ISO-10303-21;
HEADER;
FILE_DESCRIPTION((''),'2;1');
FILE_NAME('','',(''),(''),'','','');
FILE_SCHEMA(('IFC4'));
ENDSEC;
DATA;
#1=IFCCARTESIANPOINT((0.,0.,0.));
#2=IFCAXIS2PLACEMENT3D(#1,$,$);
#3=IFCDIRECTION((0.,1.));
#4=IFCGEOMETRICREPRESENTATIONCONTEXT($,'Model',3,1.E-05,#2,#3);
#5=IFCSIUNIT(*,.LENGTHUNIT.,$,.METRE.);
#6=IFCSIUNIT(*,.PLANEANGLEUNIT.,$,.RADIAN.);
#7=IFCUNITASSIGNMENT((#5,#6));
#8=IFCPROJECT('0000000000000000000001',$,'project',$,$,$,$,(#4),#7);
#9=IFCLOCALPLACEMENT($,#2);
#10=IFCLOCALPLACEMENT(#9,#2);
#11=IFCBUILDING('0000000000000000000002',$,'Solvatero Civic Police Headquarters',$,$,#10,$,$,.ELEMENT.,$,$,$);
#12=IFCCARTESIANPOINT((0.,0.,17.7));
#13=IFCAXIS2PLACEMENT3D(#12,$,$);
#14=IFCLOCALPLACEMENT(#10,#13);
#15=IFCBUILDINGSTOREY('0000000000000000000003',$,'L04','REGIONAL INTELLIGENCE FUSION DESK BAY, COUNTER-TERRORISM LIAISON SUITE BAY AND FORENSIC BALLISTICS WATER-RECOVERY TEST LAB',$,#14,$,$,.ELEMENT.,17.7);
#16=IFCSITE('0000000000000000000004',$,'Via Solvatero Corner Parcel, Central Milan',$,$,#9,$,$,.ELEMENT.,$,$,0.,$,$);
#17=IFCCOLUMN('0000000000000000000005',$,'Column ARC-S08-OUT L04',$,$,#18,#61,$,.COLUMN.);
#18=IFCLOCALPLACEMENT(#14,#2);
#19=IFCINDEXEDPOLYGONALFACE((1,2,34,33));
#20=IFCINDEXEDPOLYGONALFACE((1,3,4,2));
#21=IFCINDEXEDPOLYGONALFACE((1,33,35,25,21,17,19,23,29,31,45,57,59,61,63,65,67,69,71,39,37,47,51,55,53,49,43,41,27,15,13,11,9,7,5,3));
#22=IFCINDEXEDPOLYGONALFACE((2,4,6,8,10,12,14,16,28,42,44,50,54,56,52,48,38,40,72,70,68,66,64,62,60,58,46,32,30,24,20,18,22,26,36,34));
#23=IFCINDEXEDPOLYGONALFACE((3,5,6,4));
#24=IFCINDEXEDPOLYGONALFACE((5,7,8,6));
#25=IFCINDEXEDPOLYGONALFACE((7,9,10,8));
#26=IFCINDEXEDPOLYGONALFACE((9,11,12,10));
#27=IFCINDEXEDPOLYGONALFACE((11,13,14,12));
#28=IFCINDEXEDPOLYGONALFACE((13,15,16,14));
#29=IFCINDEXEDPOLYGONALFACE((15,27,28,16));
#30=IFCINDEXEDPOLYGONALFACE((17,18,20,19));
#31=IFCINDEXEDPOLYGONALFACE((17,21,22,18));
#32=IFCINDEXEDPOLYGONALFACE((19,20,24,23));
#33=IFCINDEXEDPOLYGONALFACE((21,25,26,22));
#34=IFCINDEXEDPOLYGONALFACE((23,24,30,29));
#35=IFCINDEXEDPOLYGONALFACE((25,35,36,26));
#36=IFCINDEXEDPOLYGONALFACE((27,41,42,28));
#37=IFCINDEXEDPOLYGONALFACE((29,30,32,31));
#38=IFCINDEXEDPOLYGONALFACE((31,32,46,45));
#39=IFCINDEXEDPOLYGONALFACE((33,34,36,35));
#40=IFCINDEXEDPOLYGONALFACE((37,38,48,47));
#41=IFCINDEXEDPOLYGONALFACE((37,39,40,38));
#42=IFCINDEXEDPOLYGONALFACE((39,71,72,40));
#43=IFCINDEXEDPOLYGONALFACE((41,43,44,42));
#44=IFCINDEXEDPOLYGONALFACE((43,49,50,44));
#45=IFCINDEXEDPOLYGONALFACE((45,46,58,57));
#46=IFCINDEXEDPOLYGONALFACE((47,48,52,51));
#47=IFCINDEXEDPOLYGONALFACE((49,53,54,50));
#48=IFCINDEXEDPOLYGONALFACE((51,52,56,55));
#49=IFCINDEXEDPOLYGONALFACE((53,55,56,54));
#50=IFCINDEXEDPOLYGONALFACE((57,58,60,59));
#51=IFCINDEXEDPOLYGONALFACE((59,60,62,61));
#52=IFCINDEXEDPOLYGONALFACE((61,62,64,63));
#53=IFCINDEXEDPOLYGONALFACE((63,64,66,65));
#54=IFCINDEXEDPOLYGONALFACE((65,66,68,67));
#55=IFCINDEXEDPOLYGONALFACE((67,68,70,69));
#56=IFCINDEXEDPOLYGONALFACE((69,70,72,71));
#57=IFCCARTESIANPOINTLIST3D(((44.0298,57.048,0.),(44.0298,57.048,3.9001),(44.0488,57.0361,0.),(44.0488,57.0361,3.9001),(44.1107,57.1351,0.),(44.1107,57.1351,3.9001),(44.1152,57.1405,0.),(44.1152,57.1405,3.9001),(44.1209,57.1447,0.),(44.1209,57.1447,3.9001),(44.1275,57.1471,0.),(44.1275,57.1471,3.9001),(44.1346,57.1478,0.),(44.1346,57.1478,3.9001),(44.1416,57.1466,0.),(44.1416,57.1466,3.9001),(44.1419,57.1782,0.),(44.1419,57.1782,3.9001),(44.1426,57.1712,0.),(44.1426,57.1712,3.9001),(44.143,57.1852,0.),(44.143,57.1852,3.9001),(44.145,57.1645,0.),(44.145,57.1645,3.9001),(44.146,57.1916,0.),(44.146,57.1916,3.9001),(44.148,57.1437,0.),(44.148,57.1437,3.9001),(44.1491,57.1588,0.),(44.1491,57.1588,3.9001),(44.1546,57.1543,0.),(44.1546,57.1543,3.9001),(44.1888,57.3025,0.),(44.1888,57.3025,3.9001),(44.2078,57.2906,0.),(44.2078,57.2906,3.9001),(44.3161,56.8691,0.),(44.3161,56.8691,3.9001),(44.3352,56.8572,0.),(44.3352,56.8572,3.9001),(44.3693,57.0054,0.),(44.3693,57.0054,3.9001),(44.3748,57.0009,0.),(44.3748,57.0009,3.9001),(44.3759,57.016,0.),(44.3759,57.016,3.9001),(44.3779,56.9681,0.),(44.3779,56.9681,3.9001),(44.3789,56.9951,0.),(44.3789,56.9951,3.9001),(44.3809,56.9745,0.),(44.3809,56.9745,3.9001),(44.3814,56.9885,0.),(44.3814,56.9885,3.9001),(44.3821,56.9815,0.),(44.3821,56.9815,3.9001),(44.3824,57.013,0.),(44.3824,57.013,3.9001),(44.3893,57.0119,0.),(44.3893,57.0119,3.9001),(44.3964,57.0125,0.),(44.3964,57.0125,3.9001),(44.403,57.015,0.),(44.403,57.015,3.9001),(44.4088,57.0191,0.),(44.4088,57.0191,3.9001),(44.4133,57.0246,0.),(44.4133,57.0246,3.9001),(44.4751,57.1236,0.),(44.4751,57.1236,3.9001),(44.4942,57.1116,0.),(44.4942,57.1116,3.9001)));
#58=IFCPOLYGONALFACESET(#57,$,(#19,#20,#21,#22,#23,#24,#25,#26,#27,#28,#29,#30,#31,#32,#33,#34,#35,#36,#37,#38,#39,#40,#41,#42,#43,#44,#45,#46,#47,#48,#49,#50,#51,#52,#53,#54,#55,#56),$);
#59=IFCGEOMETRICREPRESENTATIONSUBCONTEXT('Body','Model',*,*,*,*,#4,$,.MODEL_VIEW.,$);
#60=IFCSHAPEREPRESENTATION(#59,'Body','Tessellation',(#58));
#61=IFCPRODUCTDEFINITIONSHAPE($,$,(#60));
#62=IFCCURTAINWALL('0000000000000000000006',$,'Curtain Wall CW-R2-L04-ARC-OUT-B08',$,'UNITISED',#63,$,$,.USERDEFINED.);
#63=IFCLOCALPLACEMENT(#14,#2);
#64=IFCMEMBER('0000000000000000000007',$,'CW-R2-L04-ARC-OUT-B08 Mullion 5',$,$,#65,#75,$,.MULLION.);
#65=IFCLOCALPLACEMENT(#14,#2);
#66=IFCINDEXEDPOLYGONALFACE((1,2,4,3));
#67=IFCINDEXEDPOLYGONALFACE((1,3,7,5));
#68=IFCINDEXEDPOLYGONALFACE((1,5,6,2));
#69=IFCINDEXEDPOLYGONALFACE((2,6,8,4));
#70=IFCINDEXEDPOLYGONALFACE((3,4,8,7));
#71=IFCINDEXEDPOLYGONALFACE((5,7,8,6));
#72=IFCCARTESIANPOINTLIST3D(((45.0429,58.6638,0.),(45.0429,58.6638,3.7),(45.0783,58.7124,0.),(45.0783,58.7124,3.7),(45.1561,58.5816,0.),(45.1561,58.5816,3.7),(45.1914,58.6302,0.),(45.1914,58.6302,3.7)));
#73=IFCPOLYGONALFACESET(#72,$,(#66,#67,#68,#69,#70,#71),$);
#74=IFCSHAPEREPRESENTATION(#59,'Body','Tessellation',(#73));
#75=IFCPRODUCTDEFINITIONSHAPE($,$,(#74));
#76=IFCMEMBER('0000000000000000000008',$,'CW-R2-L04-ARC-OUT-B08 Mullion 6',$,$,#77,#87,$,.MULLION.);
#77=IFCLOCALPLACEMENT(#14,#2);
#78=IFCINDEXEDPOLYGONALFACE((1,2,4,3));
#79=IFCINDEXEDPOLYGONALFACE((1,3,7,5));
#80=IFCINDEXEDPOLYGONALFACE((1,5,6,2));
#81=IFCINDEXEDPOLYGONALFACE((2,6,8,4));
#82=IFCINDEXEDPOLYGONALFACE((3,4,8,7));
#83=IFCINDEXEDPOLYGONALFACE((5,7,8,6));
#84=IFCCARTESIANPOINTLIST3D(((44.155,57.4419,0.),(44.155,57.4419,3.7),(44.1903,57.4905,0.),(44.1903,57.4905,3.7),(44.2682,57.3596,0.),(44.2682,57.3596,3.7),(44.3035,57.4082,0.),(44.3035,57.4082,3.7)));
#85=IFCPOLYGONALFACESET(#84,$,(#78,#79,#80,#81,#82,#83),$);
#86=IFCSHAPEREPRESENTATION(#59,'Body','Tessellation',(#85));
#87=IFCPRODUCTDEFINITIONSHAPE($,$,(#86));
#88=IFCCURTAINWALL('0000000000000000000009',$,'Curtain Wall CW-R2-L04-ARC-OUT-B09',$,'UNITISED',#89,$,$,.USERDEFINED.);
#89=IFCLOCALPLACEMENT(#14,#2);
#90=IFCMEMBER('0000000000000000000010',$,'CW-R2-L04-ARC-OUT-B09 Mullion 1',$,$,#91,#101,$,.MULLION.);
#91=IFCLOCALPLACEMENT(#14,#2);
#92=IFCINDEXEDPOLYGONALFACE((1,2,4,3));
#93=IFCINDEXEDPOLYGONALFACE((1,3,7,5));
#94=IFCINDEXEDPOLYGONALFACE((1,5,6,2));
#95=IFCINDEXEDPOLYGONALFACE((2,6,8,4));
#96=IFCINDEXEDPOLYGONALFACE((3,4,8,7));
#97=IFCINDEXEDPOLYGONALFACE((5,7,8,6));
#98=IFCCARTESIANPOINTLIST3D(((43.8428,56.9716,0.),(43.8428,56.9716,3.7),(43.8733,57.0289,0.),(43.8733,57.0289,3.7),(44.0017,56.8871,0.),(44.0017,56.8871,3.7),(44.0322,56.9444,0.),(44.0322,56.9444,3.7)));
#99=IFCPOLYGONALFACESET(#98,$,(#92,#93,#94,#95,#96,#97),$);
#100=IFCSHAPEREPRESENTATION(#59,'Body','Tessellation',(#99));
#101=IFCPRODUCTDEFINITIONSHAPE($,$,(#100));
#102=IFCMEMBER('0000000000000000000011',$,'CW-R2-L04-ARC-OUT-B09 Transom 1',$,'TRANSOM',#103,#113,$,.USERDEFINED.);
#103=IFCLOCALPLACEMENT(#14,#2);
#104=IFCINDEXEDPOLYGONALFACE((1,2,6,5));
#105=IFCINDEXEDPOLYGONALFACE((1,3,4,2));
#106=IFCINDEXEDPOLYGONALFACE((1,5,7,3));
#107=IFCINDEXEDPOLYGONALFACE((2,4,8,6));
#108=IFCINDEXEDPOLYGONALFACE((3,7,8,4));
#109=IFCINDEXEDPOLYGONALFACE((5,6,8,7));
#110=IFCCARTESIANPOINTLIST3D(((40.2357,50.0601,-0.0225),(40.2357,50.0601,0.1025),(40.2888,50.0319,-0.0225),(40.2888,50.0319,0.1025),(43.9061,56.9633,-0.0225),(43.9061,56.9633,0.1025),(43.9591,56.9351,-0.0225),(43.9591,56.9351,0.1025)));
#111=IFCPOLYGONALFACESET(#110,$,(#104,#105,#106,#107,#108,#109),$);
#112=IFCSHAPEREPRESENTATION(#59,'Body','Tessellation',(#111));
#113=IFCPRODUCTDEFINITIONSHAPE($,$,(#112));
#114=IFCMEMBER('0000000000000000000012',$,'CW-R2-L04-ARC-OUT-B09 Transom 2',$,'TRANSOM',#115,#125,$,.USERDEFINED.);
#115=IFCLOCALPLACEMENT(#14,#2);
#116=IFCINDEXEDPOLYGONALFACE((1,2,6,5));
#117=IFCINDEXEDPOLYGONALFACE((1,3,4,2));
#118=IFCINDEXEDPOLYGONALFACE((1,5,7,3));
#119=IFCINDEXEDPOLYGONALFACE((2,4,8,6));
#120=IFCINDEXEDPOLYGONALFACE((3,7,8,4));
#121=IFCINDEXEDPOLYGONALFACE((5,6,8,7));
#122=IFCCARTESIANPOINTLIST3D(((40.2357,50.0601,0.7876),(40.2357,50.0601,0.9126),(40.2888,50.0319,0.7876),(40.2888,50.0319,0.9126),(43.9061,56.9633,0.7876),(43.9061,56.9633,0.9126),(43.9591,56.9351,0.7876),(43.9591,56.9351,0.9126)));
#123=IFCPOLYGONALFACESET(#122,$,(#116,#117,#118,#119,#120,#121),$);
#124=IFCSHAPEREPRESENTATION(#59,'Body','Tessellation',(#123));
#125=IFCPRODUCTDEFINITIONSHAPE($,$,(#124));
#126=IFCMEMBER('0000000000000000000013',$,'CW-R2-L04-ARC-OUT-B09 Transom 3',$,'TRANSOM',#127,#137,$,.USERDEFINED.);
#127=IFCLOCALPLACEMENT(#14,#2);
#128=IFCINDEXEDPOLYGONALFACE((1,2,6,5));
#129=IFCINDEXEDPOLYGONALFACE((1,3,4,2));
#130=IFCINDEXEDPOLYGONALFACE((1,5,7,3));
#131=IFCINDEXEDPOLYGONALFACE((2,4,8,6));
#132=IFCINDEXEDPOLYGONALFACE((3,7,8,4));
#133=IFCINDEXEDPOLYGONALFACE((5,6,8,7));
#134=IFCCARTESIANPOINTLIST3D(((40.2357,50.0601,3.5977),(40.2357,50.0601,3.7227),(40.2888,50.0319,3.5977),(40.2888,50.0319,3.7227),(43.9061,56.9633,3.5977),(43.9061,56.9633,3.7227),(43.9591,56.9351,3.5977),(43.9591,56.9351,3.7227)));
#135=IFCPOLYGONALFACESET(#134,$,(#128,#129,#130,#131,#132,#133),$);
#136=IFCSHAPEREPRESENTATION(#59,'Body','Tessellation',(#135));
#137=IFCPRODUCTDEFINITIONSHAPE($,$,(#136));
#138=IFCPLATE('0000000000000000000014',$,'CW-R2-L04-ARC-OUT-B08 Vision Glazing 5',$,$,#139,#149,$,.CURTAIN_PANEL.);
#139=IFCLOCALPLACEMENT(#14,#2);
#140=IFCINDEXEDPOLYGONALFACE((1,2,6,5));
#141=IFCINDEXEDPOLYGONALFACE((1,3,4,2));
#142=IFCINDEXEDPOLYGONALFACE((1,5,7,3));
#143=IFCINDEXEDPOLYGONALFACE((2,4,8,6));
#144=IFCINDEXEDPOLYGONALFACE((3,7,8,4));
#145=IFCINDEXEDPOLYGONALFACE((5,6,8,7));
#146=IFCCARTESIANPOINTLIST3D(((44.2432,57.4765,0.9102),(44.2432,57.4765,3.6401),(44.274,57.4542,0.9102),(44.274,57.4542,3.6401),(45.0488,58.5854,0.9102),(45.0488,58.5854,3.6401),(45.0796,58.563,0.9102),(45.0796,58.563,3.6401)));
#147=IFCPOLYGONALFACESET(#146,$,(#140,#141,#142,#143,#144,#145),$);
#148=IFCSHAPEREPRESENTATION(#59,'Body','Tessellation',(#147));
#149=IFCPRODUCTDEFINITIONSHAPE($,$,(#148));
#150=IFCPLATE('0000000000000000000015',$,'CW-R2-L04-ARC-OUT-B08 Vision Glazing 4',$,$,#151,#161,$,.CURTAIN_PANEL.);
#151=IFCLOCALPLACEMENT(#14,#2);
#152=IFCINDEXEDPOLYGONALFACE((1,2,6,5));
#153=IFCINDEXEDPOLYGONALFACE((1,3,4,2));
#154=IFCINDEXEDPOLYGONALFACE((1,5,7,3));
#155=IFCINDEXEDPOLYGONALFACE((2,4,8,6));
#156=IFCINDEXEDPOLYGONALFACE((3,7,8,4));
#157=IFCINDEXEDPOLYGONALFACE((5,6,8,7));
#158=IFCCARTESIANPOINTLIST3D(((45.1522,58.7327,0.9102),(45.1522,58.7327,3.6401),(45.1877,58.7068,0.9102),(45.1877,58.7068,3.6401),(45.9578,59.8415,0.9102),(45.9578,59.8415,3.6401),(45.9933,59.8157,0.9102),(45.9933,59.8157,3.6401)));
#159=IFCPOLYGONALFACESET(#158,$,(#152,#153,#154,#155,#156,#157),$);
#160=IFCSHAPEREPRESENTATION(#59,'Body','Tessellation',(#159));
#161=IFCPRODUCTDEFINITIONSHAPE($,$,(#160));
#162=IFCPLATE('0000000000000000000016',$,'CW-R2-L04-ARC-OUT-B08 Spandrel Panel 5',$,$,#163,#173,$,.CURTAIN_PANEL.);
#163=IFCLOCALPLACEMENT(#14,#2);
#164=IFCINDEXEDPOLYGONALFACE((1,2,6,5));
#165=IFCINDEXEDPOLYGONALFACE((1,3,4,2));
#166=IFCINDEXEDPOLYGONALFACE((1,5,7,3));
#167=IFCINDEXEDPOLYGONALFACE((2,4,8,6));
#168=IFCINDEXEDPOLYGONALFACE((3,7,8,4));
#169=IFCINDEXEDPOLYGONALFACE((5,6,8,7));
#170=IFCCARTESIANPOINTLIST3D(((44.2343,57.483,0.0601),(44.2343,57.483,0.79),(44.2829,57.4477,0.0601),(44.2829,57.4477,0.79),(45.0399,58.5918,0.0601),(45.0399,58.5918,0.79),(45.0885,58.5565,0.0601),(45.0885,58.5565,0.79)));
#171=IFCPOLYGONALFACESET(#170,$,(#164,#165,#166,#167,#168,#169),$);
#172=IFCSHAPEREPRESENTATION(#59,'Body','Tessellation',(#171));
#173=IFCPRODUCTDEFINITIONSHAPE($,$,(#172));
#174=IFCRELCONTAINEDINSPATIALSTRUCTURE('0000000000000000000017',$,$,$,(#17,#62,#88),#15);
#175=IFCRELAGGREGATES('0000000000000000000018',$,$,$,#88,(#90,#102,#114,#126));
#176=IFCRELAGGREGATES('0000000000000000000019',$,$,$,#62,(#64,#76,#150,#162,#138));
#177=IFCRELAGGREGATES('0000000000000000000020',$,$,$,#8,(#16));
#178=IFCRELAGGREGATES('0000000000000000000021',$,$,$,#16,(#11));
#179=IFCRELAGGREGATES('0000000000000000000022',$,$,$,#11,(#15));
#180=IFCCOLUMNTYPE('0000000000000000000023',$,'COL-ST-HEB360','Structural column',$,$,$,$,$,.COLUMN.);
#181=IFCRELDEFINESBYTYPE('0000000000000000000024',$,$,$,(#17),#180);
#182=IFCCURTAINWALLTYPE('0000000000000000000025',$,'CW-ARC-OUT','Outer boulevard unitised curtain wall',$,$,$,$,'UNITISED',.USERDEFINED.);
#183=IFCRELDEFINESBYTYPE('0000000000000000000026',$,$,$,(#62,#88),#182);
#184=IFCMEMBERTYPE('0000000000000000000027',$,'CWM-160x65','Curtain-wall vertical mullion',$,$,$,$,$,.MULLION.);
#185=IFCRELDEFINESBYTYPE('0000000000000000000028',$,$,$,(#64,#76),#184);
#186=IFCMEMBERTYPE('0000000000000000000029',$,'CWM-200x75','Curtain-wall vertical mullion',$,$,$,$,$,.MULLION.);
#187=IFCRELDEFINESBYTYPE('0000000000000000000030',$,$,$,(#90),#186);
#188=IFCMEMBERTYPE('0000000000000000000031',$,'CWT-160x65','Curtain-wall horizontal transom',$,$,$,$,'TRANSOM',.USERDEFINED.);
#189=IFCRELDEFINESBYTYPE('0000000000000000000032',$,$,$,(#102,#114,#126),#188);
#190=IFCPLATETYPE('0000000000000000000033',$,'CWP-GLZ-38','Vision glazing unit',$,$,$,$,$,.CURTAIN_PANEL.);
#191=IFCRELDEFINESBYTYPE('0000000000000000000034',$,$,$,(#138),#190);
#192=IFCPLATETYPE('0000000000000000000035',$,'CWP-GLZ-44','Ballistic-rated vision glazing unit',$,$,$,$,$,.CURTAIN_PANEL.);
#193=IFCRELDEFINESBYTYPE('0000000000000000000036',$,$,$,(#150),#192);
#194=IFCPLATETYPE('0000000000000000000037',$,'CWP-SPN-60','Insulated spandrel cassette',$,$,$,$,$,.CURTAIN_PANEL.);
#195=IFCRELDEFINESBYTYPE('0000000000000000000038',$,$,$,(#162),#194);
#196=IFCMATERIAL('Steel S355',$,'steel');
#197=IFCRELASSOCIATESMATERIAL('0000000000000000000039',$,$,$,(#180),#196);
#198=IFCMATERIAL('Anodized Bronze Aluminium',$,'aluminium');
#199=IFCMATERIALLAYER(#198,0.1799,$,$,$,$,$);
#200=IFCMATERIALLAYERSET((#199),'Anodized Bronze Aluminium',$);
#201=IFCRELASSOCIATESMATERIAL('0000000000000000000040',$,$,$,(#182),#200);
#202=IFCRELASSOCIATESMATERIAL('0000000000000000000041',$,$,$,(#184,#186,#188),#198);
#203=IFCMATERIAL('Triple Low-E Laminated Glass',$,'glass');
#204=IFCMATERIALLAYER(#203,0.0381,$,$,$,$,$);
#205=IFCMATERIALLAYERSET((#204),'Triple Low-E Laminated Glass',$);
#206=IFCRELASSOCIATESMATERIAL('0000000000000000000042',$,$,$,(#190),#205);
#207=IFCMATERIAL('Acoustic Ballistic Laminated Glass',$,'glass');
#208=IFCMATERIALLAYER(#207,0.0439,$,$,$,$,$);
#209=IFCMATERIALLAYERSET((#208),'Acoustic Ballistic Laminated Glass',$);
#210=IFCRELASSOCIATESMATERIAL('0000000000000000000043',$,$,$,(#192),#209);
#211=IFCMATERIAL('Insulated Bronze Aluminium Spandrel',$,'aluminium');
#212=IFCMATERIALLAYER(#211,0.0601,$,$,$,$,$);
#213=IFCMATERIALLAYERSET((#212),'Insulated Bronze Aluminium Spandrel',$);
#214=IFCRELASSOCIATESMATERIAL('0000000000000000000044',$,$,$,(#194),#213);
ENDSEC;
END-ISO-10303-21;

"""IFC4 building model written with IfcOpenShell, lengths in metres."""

from ifc_helpers import new_model, si_unit, direction, frame, origin, origin_2d, place, context, subcontext, project, spatial, rectangle, i_section, extrude, material, layer, layer_set, material_profile, profile_set, type_object, element, aggregate, save


model = new_model("IFC4")

# Units and contexts
model_context = context("Model", 3, precision=1e-05, world=origin(), true_north=direction((0.0, 1.0)))
body_context = subcontext(model_context, "Body", "Model", "MODEL_VIEW")
ifc_project = project(units=[si_unit("LENGTHUNIT", "METRE"), si_unit("PLANEANGLEUNIT", "RADIAN")], contexts=[model_context])

# Site, building, storey
site_placement = place(None, origin())
site = spatial("IfcSite", under=ifc_project, at=site_placement, Name="Via Solvatero Corner Parcel, Central Milan", CompositionType="ELEMENT", RefElevation=0.0)
building_placement = place(site_placement, origin())
building = spatial("IfcBuilding", under=site, at=building_placement, Name="Solvatero Civic Police Headquarters", CompositionType="ELEMENT")
storey_placement = place(building_placement, frame((0.0, 0.0, 17.7)))
storey = spatial("IfcBuildingStorey", under=building, at=storey_placement, Name="L04", Description="REGIONAL INTELLIGENCE FUSION DESK BAY, COUNTER-TERRORISM LIAISON SUITE BAY AND FORENSIC BALLISTICS WATER-RECOVERY TEST LAB", CompositionType="ELEMENT", Elevation=17.7)

# Column
ifc_material_1 = material(Name="Steel S355", Category="steel")
ifc_material_profile_1 = material_profile(ifc_material_1, i_section(OverallWidth=0.3, OverallDepth=0.3601, WebThickness=0.0125, FlangeThickness=0.0225, FilletRadius=0.0271, at=origin_2d()), Name="HEB 360")
ifc_profile_set_1 = profile_set([ifc_material_profile_1], Name="Steel S355")
column_type = type_object("IfcColumnType", Name="COL-ST-HEB360", Description="Structural column", PredefinedType="COLUMN", material=ifc_profile_set_1)
column_placement = place(storey_placement, frame((44.262, 57.0798, 0.0), z_axis=(0.0, 0.0, 1.0), x_axis=(0.529919, 0.848048, 0.0)))
element("IfcColumn", 1, at=column_placement, inside=storey, type_object=column_type, Name="Column ARC-S08-OUT L04", PredefinedType="COLUMN", context=body_context, shape_type="SweptSolid", body=[
    extrude(i_section(OverallWidth=0.3, OverallDepth=0.3601, WebThickness=0.0125, FlangeThickness=0.0225, FilletRadius=0.0271, at=origin_2d()), origin(), (0.0, 0.0, 1.0), 3.9001),
])

# Curtain walls, members
ifc_material_2 = material(Name="Anodized Bronze Aluminium", Category="aluminium")
ifc_layer_1 = layer(ifc_material_2, 0.1799)
ifc_layer_set_1 = layer_set([ifc_layer_1], Name="Anodized Bronze Aluminium")
curtain_wall_type = type_object("IfcCurtainWallType", Name="CW-ARC-OUT", Description="Outer boulevard unitised curtain wall", ElementType="UNITISED", PredefinedType="USERDEFINED", material=ifc_layer_set_1)
curtain_wall_1_placement = place(storey_placement, origin())
curtain_wall_1 = element("IfcCurtainWall", 2, at=curtain_wall_1_placement, inside=storey, type_object=curtain_wall_type, Name="Curtain Wall CW-R2-L04-ARC-OUT-B08", ObjectType="UNITISED", PredefinedType="USERDEFINED")
ifc_material_profile_2 = material_profile(ifc_material_2, rectangle(XDim=0.0601, YDim=0.1399, at=origin_2d()), Name="ALU MULLION 60x140")
ifc_profile_set_2 = profile_set([ifc_material_profile_2], Name="Anodized Bronze Aluminium")
member_type_1 = type_object("IfcMemberType", Name="CWM-160x65", Description="Curtain-wall vertical mullion", PredefinedType="MULLION", material=ifc_profile_set_2)
member_1_placement = place(storey_placement, frame((45.1172, 58.647, 0.0), z_axis=(0.0, 0.0, 1.0), x_axis=(-0.587785, -0.809017, 0.0)))
member_1 = element("IfcMember", 3, at=member_1_placement, type_object=member_type_1, Name="CW-R2-L04-ARC-OUT-B08 Mullion 5", PredefinedType="MULLION", context=body_context, shape_type="SweptSolid", body=[
    extrude(rectangle(XDim=0.0601, YDim=0.1399, at=origin_2d()), origin(), (0.0, 0.0, 1.0), 3.7),
])
member_2_placement = place(storey_placement, frame((44.2292, 57.425, 0.0), z_axis=(0.0, 0.0, 1.0), x_axis=(-0.587785, -0.809017, 0.0)))
member_2 = element("IfcMember", 4, at=member_2_placement, type_object=member_type_1, Name="CW-R2-L04-ARC-OUT-B08 Mullion 6", PredefinedType="MULLION", context=body_context, shape_type="SweptSolid", body=[
    extrude(rectangle(XDim=0.0601, YDim=0.1399, at=origin_2d()), origin(), (0.0, 0.0, 1.0), 3.7),
])
curtain_wall_2_placement = place(storey_placement, origin())
curtain_wall_2 = element("IfcCurtainWall", 5, at=curtain_wall_2_placement, inside=storey, type_object=curtain_wall_type, Name="Curtain Wall CW-R2-L04-ARC-OUT-B09", ObjectType="UNITISED", PredefinedType="USERDEFINED")
ifc_material_profile_3 = material_profile(ifc_material_2, rectangle(XDim=0.0649, YDim=0.1799, at=origin_2d()), Name="ALU MULLION 65x180")
ifc_profile_set_3 = profile_set([ifc_material_profile_3], Name="Anodized Bronze Aluminium")
member_type_2 = type_object("IfcMemberType", Name="CWM-200x75", Description="Curtain-wall vertical mullion", PredefinedType="MULLION", material=ifc_profile_set_3)
member_3_placement = place(storey_placement, frame((43.9375, 56.958, 0.0), z_axis=(0.0, 0.0, 1.0), x_axis=(-0.469487, -0.882939, 0.0)))
member_3 = element("IfcMember", 6, at=member_3_placement, type_object=member_type_2, Name="CW-R2-L04-ARC-OUT-B09 Mullion 1", PredefinedType="MULLION", context=body_context, shape_type="SweptSolid", body=[
    extrude(rectangle(XDim=0.0649, YDim=0.1799, at=origin_2d()), origin(), (0.0, 0.0, 1.0), 3.7),
])
ifc_material_profile_4 = material_profile(ifc_material_2, rectangle(XDim=0.0601, YDim=0.125, at=origin_2d()), Name="ALU TRANSOM 60x125")
ifc_profile_set_4 = profile_set([ifc_material_profile_4], Name="Anodized Bronze Aluminium")
member_type_3 = type_object("IfcMemberType", Name="CWT-160x65", Description="Curtain-wall horizontal transom", ElementType="TRANSOM", PredefinedType="USERDEFINED", material=ifc_profile_set_4)
member_4_placement = place(storey_placement, frame((43.9326, 56.9492, 0.04), z_axis=(-0.469457, -0.882956, 0.0), x_axis=(0.882956, -0.469457, 0.0)))
member_4 = element("IfcMember", 7, at=member_4_placement, type_object=member_type_3, Name="CW-R2-L04-ARC-OUT-B09 Transom 1", ObjectType="TRANSOM", PredefinedType="USERDEFINED", context=body_context, shape_type="SweptSolid", body=[
    extrude(rectangle(XDim=0.0601, YDim=0.125, at=origin_2d()), origin(), (0.0, 0.0, 1.0), 7.8184),
])
member_5_placement = place(storey_placement, frame((43.9326, 56.9492, 0.8501), z_axis=(-0.469457, -0.882956, 0.0), x_axis=(0.882956, -0.469457, 0.0)))
member_5 = element("IfcMember", 8, at=member_5_placement, type_object=member_type_3, Name="CW-R2-L04-ARC-OUT-B09 Transom 2", ObjectType="TRANSOM", PredefinedType="USERDEFINED", context=body_context, shape_type="SweptSolid", body=[
    extrude(rectangle(XDim=0.0601, YDim=0.125, at=origin_2d()), origin(), (0.0, 0.0, 1.0), 7.8184),
])
member_6_placement = place(storey_placement, frame((43.9326, 56.9492, 3.6602), z_axis=(-0.469457, -0.882956, 0.0), x_axis=(0.882956, -0.469457, 0.0)))
member_6 = element("IfcMember", 9, at=member_6_placement, type_object=member_type_3, Name="CW-R2-L04-ARC-OUT-B09 Transom 3", ObjectType="TRANSOM", PredefinedType="USERDEFINED", context=body_context, shape_type="SweptSolid", body=[
    extrude(rectangle(XDim=0.0601, YDim=0.125, at=origin_2d()), origin(), (0.0, 0.0, 1.0), 7.8184),
])
aggregate(curtain_wall_2, [member_3, member_4, member_5, member_6])

# Plates
ifc_material_3 = material(Name="Triple Low-E Laminated Glass", Category="glass")
ifc_layer_2 = layer(ifc_material_3, 0.0381)
ifc_layer_set_2 = layer_set([ifc_layer_2], Name="Triple Low-E Laminated Glass")
plate_type_1 = type_object("IfcPlateType", Name="CWP-GLZ-38", Description="Vision glazing unit", PredefinedType="CURTAIN_PANEL", material=ifc_layer_set_2)
plate_1_placement = place(storey_placement, frame((44.6614, 58.0198, 0.9102), z_axis=(0.0, 0.0, 1.0), x_axis=(-0.587785, -0.809017, 0.0)))
plate_1 = element("IfcPlate", 10, at=plate_1_placement, type_object=plate_type_1, Name="CW-R2-L04-ARC-OUT-B08 Vision Glazing 5", PredefinedType="CURTAIN_PANEL", context=body_context, shape_type="SweptSolid", body=[
    extrude(rectangle(XDim=1.3706, YDim=0.0381, at=origin_2d()), origin(), (0.0, 0.0, 1.0), 2.73),
])
ifc_material_4 = material(Name="Acoustic Ballistic Laminated Glass", Category="glass")
ifc_layer_3 = layer(ifc_material_4, 0.0439)
ifc_layer_set_3 = layer_set([ifc_layer_3], Name="Acoustic Ballistic Laminated Glass")
plate_type_2 = type_object("IfcPlateType", Name="CWP-GLZ-44", Description="Ballistic-rated vision glazing unit", PredefinedType="CURTAIN_PANEL", material=ifc_layer_set_3)
plate_2_placement = place(storey_placement, frame((45.5728, 59.2742, 0.9102), z_axis=(0.0, 0.0, 1.0), x_axis=(-0.587785, -0.809017, 0.0)))
plate_2 = element("IfcPlate", 11, at=plate_2_placement, type_object=plate_type_2, Name="CW-R2-L04-ARC-OUT-B08 Vision Glazing 4", PredefinedType="CURTAIN_PANEL", context=body_context, shape_type="SweptSolid", body=[
    extrude(rectangle(XDim=1.3706, YDim=0.0439, at=origin_2d()), origin(), (0.0, 0.0, 1.0), 2.73),
])
ifc_material_5 = material(Name="Insulated Bronze Aluminium Spandrel", Category="aluminium")
ifc_layer_4 = layer(ifc_material_5, 0.0601)
ifc_layer_set_4 = layer_set([ifc_layer_4], Name="Insulated Bronze Aluminium Spandrel")
plate_type_3 = type_object("IfcPlateType", Name="CWP-SPN-60", Description="Insulated spandrel cassette", PredefinedType="CURTAIN_PANEL", material=ifc_layer_set_4)
plate_3_placement = place(storey_placement, frame((44.6614, 58.0198, 0.0601), z_axis=(0.0, 0.0, 1.0), x_axis=(-0.587785, -0.809017, 0.0)))
plate_3 = element("IfcPlate", 12, at=plate_3_placement, type_object=plate_type_3, Name="CW-R2-L04-ARC-OUT-B08 Spandrel Panel 5", PredefinedType="CURTAIN_PANEL", context=body_context, shape_type="SweptSolid", body=[
    extrude(rectangle(XDim=1.3706, YDim=0.0601, at=origin_2d()), origin(), (0.0, 0.0, 1.0), 0.73),
])
aggregate(curtain_wall_1, [member_1, member_2, plate_2, plate_3, plate_1])

save(model, "model.ifc")
